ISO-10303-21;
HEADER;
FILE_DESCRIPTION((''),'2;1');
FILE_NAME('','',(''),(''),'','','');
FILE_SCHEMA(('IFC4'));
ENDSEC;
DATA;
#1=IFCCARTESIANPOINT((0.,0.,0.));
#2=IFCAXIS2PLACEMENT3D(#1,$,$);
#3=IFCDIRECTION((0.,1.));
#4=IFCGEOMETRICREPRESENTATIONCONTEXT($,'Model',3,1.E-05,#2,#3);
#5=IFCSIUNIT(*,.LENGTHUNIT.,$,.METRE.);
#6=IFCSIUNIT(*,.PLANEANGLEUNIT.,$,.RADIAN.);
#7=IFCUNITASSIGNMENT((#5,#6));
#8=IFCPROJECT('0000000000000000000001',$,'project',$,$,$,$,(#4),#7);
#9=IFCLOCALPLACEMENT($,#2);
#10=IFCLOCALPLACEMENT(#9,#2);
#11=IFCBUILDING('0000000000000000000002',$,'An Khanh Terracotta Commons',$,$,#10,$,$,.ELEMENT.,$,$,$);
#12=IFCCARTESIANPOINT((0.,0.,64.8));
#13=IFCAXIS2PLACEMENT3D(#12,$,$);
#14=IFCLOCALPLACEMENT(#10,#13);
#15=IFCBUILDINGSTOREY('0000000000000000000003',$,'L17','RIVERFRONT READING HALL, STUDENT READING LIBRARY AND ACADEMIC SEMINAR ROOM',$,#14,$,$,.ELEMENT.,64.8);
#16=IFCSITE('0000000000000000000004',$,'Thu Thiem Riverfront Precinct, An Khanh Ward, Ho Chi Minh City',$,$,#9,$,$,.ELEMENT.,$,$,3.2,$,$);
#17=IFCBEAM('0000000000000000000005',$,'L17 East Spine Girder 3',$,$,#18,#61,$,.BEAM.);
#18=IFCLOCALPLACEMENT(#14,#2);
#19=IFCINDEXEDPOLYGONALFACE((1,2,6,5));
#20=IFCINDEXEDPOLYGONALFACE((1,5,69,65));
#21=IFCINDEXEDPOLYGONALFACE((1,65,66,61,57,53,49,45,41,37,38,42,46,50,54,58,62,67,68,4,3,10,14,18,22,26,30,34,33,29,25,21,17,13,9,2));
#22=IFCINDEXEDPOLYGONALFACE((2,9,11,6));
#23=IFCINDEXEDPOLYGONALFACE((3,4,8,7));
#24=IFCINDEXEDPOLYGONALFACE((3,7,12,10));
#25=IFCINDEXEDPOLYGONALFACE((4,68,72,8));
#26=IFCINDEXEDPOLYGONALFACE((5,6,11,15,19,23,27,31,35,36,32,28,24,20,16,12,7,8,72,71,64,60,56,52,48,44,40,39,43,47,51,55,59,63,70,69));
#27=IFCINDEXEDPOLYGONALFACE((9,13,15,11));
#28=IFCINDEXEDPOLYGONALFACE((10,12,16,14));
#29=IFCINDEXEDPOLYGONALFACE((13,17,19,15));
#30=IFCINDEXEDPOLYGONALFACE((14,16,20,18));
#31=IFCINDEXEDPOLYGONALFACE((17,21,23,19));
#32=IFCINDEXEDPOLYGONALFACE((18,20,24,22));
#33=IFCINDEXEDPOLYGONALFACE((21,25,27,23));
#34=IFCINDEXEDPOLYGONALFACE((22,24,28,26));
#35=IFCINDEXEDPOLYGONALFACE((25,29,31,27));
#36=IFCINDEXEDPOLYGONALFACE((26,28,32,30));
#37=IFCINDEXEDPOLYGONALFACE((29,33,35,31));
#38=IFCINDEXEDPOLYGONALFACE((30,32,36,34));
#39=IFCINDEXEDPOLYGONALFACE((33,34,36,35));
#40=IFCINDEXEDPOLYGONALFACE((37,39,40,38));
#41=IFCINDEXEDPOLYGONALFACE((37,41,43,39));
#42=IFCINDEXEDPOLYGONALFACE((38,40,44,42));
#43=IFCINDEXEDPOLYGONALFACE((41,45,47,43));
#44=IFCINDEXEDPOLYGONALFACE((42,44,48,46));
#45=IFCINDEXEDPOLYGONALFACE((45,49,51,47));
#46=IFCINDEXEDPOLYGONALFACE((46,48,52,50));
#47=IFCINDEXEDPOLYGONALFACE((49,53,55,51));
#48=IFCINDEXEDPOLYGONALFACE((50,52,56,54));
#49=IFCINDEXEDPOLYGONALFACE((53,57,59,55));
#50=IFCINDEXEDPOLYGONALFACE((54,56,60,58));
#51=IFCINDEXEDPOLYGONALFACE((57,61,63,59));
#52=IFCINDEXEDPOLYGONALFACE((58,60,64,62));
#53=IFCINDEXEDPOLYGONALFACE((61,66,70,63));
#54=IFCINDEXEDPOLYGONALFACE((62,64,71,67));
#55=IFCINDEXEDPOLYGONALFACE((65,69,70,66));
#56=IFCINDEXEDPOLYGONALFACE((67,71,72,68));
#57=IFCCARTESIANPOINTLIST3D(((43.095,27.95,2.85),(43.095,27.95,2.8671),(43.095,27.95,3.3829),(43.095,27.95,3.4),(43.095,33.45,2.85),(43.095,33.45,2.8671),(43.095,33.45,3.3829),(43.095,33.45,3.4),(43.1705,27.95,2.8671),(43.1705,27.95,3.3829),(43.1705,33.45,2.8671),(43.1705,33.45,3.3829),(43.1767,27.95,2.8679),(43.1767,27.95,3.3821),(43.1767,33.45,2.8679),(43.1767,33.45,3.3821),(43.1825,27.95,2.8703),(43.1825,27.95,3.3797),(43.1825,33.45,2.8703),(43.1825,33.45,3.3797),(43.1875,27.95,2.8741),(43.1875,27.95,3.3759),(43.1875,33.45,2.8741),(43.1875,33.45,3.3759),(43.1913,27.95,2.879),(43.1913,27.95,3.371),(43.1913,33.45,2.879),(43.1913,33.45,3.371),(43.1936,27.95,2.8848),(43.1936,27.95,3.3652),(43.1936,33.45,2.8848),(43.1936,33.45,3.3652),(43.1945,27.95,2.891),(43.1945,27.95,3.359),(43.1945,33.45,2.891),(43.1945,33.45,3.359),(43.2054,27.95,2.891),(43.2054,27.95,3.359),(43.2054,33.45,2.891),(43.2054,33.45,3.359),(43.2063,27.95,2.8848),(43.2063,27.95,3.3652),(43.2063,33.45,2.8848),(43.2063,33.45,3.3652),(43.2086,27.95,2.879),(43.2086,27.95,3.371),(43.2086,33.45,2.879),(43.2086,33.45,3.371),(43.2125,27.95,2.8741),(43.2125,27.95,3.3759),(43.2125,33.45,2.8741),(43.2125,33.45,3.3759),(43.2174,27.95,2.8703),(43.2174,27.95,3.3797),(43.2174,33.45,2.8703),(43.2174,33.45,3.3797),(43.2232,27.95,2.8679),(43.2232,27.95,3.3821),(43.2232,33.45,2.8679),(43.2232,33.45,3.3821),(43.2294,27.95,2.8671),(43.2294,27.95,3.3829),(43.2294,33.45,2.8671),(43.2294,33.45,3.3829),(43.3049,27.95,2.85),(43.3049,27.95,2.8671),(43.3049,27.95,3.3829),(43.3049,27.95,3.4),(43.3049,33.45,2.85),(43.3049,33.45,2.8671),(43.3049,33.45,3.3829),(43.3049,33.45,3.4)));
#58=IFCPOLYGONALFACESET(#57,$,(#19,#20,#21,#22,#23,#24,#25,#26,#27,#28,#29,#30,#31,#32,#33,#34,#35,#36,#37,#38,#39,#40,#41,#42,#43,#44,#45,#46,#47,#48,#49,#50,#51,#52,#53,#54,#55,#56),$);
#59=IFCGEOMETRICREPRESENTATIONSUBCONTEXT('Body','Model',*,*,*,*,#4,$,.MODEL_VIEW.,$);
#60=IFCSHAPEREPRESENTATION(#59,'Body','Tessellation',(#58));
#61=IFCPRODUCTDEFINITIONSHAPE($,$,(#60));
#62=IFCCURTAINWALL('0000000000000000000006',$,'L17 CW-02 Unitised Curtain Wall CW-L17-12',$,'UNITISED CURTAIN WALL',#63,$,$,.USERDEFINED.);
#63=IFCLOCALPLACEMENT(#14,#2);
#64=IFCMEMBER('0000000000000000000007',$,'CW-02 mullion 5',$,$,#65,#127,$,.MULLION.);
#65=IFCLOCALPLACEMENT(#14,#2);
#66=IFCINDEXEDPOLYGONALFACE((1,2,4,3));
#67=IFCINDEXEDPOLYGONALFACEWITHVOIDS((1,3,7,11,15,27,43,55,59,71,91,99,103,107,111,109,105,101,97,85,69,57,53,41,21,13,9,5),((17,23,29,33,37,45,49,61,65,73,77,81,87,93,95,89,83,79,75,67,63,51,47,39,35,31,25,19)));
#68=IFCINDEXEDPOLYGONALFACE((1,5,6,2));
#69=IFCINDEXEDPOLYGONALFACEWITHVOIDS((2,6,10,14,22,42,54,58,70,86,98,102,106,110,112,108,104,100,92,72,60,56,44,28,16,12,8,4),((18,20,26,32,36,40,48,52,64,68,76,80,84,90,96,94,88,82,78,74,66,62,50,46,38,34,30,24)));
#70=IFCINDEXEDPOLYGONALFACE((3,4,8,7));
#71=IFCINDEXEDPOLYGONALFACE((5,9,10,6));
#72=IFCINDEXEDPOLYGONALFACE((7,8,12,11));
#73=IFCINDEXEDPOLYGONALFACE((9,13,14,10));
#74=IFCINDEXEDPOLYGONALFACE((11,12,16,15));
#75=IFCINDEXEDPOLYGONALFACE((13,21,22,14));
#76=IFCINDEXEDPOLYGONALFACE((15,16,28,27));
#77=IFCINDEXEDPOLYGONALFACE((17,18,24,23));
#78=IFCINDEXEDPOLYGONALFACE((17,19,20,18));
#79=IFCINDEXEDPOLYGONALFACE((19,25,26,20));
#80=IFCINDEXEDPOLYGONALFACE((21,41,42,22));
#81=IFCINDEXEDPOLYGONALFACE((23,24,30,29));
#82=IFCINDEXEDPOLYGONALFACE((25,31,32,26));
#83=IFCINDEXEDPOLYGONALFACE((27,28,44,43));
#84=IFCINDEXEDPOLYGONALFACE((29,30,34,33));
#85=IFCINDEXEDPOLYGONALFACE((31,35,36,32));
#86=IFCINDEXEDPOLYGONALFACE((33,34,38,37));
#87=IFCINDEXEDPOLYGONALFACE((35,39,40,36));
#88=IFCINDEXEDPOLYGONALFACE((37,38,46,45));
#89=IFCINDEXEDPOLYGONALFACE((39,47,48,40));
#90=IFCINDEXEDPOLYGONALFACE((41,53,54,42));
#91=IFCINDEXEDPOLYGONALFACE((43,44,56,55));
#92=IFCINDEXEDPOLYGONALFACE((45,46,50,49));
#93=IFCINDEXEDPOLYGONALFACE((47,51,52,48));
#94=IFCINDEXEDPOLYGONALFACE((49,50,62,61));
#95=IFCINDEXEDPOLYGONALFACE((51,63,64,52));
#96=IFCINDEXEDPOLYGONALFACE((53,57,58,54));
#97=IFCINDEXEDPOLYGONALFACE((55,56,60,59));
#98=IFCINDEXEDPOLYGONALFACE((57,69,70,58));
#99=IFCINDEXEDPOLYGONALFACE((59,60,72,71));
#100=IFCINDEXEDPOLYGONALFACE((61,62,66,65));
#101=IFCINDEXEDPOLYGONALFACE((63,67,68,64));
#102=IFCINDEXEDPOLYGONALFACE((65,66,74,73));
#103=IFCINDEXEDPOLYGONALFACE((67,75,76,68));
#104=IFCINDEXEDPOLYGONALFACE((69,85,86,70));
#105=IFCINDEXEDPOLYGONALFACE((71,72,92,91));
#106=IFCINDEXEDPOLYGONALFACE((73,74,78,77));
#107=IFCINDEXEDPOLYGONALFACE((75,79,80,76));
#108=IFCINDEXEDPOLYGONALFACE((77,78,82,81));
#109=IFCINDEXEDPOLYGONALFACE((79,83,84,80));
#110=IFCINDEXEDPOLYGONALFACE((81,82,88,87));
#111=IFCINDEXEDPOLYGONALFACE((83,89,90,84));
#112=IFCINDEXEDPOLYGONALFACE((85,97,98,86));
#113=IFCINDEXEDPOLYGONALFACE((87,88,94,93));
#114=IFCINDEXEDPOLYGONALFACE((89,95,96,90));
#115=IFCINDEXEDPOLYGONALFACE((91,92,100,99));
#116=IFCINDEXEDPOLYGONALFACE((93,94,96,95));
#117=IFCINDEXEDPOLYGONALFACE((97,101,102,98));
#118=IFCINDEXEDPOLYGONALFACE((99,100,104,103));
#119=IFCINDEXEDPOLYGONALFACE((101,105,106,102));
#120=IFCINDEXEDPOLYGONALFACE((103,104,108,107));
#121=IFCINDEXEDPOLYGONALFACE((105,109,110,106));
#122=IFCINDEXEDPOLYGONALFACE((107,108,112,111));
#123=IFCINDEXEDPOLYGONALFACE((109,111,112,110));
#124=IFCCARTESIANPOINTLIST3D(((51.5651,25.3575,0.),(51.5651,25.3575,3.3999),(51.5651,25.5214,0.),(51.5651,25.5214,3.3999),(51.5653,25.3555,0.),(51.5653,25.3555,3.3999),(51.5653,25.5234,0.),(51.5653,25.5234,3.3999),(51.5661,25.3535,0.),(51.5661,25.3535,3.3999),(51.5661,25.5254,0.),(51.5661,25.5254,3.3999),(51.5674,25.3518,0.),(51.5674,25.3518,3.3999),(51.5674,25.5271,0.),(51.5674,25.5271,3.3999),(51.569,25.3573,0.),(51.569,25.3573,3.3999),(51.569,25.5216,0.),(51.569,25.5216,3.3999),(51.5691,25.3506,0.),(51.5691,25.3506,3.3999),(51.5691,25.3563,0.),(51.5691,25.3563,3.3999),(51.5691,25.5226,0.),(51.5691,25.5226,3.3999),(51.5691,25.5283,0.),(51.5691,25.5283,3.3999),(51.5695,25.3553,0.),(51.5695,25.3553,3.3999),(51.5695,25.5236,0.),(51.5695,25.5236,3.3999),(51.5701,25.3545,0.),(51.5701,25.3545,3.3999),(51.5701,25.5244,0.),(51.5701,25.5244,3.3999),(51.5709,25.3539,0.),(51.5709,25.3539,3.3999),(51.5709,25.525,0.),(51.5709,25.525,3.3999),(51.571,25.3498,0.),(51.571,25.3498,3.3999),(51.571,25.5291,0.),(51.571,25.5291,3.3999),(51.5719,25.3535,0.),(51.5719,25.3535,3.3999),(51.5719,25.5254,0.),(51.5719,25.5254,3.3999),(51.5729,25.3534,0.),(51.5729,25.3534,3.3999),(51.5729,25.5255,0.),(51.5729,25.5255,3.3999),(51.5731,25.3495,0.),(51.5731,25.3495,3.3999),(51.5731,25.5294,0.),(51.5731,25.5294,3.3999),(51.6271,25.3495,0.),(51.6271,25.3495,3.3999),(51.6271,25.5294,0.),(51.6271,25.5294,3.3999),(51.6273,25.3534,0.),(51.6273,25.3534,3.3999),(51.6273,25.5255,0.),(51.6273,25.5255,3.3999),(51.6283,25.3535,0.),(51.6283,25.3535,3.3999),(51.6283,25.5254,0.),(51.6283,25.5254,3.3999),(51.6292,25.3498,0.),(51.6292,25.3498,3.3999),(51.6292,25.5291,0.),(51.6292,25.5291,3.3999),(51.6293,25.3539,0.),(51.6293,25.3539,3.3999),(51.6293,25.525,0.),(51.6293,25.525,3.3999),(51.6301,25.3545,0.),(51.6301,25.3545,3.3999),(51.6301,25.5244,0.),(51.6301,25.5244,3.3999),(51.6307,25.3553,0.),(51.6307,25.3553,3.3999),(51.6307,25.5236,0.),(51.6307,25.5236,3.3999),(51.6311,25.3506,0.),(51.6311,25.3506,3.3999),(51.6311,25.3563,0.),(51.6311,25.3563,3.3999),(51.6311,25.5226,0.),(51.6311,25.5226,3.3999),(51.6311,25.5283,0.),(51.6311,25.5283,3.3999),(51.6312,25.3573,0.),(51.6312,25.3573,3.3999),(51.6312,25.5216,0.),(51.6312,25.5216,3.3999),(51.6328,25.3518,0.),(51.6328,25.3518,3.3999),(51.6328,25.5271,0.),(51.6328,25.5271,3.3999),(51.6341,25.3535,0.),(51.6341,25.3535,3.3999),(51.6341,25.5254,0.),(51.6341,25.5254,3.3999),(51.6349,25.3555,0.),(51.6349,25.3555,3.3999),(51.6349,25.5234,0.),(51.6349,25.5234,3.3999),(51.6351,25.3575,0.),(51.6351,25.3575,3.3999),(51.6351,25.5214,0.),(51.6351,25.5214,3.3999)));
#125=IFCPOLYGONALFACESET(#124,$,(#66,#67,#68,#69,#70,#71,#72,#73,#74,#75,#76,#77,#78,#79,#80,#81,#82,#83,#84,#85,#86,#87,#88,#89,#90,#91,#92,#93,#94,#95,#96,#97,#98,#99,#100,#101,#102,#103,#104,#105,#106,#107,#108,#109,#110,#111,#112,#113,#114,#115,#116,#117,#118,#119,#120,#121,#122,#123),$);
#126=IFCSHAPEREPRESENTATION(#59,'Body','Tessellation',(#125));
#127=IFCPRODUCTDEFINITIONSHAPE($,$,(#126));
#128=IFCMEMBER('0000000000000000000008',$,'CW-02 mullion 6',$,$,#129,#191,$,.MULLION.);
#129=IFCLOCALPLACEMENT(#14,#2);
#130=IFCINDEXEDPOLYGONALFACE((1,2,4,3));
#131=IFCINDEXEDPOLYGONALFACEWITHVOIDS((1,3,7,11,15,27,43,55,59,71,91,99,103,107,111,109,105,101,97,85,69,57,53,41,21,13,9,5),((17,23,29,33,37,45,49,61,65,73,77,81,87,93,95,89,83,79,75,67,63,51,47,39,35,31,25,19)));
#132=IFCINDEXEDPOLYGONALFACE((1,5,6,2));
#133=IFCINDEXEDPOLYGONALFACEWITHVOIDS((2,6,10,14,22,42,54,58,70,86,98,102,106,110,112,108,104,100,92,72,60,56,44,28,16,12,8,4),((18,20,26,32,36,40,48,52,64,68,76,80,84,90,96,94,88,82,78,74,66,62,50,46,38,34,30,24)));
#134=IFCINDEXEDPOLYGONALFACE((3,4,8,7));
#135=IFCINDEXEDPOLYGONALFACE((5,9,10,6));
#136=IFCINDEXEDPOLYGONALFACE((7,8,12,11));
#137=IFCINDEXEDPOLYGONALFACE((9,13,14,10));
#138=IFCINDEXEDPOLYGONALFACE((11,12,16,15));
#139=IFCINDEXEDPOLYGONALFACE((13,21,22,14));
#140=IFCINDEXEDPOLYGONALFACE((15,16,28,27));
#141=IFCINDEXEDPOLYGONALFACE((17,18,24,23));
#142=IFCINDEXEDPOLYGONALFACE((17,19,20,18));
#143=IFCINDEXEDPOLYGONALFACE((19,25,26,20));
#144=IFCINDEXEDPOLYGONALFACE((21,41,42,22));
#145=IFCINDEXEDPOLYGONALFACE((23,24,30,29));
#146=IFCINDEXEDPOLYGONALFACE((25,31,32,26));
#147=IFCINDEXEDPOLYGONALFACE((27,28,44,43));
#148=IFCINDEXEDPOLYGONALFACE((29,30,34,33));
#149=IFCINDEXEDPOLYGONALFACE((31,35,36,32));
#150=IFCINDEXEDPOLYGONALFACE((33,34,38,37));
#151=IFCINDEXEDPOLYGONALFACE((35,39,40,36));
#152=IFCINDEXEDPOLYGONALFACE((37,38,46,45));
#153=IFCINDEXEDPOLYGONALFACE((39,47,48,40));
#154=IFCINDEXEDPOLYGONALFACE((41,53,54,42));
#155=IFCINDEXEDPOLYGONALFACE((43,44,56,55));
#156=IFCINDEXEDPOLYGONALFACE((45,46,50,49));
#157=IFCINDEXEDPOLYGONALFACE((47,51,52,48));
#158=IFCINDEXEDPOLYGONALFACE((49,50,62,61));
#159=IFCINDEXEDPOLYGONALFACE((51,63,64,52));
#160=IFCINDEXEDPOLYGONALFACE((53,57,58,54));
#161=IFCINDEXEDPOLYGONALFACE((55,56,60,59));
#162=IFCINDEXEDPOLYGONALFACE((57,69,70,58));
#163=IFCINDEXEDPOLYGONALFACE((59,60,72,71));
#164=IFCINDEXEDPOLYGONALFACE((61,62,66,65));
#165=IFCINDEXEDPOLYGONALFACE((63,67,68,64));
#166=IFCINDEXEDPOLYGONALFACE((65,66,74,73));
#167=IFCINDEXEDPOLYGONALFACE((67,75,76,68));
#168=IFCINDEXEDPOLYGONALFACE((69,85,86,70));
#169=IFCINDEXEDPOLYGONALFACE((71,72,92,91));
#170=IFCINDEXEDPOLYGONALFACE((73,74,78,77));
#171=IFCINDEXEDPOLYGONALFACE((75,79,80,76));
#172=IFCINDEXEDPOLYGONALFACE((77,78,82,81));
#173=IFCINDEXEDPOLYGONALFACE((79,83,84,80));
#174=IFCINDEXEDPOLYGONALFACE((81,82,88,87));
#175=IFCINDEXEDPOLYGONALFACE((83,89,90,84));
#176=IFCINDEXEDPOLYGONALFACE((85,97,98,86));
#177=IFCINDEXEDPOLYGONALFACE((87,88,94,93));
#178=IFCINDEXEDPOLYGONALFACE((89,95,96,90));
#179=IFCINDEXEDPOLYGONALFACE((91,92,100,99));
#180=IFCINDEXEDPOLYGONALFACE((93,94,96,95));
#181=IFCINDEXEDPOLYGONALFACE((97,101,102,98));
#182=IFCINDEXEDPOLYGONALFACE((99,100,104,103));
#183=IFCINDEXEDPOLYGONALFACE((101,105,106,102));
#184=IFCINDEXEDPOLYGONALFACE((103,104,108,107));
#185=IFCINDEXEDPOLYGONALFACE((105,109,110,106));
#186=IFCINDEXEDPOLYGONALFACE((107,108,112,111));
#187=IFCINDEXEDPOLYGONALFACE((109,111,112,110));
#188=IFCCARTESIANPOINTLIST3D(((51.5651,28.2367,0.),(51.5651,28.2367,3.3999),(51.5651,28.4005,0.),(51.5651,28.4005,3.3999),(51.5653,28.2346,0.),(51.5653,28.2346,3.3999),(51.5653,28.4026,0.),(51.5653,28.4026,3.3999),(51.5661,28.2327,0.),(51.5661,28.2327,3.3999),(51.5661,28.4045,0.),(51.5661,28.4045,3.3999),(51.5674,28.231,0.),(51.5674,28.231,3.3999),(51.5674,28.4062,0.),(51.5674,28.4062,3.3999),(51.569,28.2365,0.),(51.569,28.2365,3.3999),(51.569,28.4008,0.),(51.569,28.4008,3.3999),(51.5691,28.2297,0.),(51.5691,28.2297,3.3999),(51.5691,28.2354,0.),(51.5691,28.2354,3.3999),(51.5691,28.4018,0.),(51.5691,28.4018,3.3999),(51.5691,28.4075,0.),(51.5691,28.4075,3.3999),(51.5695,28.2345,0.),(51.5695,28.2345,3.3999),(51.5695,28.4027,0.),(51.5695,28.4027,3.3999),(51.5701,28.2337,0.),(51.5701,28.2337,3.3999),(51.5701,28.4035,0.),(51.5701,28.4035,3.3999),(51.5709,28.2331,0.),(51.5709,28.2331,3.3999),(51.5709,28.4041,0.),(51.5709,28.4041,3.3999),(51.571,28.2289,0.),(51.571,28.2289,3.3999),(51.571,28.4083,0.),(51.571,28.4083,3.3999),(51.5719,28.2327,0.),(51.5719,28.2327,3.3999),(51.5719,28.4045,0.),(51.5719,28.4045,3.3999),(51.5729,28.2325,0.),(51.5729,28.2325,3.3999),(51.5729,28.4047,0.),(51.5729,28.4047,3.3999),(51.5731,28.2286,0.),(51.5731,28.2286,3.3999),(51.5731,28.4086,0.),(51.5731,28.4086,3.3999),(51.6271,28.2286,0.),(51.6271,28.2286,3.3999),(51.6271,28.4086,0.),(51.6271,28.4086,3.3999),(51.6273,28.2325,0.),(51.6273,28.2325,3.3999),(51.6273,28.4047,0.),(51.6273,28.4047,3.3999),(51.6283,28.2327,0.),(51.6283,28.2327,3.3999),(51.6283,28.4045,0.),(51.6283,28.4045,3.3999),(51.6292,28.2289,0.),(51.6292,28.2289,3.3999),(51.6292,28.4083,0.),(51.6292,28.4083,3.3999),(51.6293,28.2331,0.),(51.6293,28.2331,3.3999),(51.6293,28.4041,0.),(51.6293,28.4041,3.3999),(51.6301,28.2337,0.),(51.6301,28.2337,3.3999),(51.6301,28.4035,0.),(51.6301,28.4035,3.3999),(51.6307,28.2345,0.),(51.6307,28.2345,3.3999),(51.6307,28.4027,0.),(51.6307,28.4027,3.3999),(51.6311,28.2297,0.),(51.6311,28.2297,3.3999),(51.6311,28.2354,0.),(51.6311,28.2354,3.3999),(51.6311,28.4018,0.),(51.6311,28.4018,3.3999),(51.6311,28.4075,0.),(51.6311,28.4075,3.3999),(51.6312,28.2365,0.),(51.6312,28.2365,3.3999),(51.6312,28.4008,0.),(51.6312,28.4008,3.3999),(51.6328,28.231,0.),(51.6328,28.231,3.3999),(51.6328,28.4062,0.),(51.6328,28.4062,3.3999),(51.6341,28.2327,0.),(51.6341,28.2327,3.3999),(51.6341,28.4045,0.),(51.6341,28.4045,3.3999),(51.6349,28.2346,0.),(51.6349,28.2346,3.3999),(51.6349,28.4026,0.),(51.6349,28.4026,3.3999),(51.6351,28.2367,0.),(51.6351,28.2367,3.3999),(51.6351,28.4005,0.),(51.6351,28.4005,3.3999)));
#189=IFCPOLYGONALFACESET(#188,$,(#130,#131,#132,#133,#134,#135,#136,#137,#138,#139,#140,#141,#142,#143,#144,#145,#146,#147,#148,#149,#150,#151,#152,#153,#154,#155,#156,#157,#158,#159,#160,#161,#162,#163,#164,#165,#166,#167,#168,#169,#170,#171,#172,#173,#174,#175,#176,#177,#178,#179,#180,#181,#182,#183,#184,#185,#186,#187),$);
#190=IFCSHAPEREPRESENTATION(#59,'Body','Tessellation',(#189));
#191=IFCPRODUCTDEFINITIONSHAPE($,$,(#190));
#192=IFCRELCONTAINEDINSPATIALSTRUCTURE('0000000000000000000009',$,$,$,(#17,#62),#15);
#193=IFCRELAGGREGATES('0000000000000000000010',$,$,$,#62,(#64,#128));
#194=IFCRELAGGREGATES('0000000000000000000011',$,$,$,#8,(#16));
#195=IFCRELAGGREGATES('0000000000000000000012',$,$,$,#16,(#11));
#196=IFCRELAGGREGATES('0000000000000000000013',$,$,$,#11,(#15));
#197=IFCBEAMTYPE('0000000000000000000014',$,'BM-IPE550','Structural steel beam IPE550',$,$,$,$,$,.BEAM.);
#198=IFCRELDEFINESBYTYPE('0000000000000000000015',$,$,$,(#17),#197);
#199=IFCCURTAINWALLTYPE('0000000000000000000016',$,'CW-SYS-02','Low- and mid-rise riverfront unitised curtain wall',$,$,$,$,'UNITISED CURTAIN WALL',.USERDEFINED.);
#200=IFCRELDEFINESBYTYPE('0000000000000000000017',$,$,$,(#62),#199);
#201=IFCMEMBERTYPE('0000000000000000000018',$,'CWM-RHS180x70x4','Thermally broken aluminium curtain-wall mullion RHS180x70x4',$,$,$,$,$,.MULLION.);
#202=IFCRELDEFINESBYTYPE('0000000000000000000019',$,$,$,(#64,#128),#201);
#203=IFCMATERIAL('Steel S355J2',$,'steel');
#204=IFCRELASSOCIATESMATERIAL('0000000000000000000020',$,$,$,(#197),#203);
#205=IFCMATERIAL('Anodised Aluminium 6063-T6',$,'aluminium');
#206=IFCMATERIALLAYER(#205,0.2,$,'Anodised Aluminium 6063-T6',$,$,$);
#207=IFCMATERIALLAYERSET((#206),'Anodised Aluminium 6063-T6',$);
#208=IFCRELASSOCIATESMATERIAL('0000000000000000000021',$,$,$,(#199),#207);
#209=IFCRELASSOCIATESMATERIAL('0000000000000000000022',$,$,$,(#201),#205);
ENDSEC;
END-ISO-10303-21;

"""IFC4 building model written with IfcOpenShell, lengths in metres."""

from ifc_helpers import new_model, si_unit, direction, frame, origin, origin_2d, place, context, subcontext, project, spatial, hollow_rectangle, i_section, extrude, material, layer, layer_set, material_profile, profile_set, type_object, element, aggregate, save


model = new_model("IFC4")

# Units and contexts
model_context = context("Model", 3, precision=1e-05, world=origin(), true_north=direction((0.0, 1.0)))
body_context = subcontext(model_context, "Body", "Model", "MODEL_VIEW")
ifc_project = project(units=[si_unit("LENGTHUNIT", "METRE"), si_unit("PLANEANGLEUNIT", "RADIAN")], contexts=[model_context])

# Site, building, storey
site_placement = place(None, origin())
site = spatial("IfcSite", under=ifc_project, at=site_placement, Name="Thu Thiem Riverfront Precinct, An Khanh Ward, Ho Chi Minh City", CompositionType="ELEMENT", RefElevation=3.2)
building_placement = place(site_placement, origin())
building = spatial("IfcBuilding", under=site, at=building_placement, Name="An Khanh Terracotta Commons", CompositionType="ELEMENT")
storey_placement = place(building_placement, frame((0.0, 0.0, 64.8)))
storey = spatial("IfcBuildingStorey", under=building, at=storey_placement, Name="L17", Description="RIVERFRONT READING HALL, STUDENT READING LIBRARY AND ACADEMIC SEMINAR ROOM", CompositionType="ELEMENT", Elevation=64.8)

# Beam
ifc_material_1 = material(Name="Steel S355J2", Category="steel")
ifc_material_profile_1 = material_profile(ifc_material_1, i_section(OverallWidth=0.21, OverallDepth=0.55, WebThickness=0.011, FlangeThickness=0.0171, FilletRadius=0.0239, at=origin_2d()), Name="IPE550")
ifc_profile_set_1 = profile_set([ifc_material_profile_1], Name="Steel S355J2")
beam_type_1 = type_object("IfcBeamType", Name="BM-IPE550", Description="Structural steel beam IPE550", PredefinedType="BEAM", material=ifc_profile_set_1)
beam_1_placement = place(storey_placement, frame((43.2, 27.95, 3.125), z_axis=(0.0, 1.0, 0.0), x_axis=(-1.0, 0.0, 0.0)))
element("IfcBeam", 1, at=beam_1_placement, inside=storey, type_object=beam_type_1, Name="L17 East Spine Girder 3", PredefinedType="BEAM", context=body_context, shape_type="SweptSolid", body=[
    extrude(i_section(OverallWidth=0.21, OverallDepth=0.55, WebThickness=0.011, FlangeThickness=0.0171, FilletRadius=0.0239, at=origin_2d()), origin(), (0.0, 0.0, 1.0), 5.5),
])

# Curtain wall, members
ifc_material_2 = material(Name="Anodised Aluminium 6063-T6", Category="aluminium")
ifc_layer_1 = layer(ifc_material_2, 0.2, Name="Anodised Aluminium 6063-T6")
ifc_layer_set_1 = layer_set([ifc_layer_1], Name="Anodised Aluminium 6063-T6")
curtain_wall_type = type_object("IfcCurtainWallType", Name="CW-SYS-02", Description="Low- and mid-rise riverfront unitised curtain wall", ElementType="UNITISED CURTAIN WALL", PredefinedType="USERDEFINED", material=ifc_layer_set_1)
curtain_wall_placement = place(storey_placement, origin())
curtain_wall = element("IfcCurtainWall", 2, at=curtain_wall_placement, inside=storey, type_object=curtain_wall_type, Name="L17 CW-02 Unitised Curtain Wall CW-L17-12", ObjectType="UNITISED CURTAIN WALL", PredefinedType="USERDEFINED")
ifc_material_profile_2 = material_profile(ifc_material_2, hollow_rectangle(XDim=0.0701, YDim=0.1799, WallThickness=0.0039, InnerFilletRadius=0.0039, OuterFilletRadius=0.0081, at=origin_2d()), Name="RHS180x70x4")
ifc_profile_set_2 = profile_set([ifc_material_profile_2], Name="Anodised Aluminium 6063-T6")
member_type_1 = type_object("IfcMemberType", Name="CWM-RHS180x70x4", Description="Thermally broken aluminium curtain-wall mullion RHS180x70x4", PredefinedType="MULLION", material=ifc_profile_set_2)
member_1_placement = place(storey_placement, frame((51.6001, 25.4395, 0.0), z_axis=(0.0, 0.0, 1.0), x_axis=(-1.0, 0.0, 0.0)))
member_1 = element("IfcMember", 3, at=member_1_placement, type_object=member_type_1, Name="CW-02 mullion 5", PredefinedType="MULLION", context=body_context, shape_type="SweptSolid", body=[
    extrude(hollow_rectangle(XDim=0.0701, YDim=0.1799, WallThickness=0.0039, InnerFilletRadius=0.0039, OuterFilletRadius=0.0081, at=origin_2d()), origin(), (0.0, 0.0, 1.0), 3.3999),
])
member_2_placement = place(storey_placement, frame((51.6001, 28.3186, 0.0), z_axis=(0.0, 0.0, 1.0), x_axis=(-1.0, 0.0, 0.0)))
member_2 = element("IfcMember", 4, at=member_2_placement, type_object=member_type_1, Name="CW-02 mullion 6", PredefinedType="MULLION", context=body_context, shape_type="SweptSolid", body=[
    extrude(hollow_rectangle(XDim=0.0701, YDim=0.1799, WallThickness=0.0039, InnerFilletRadius=0.0039, OuterFilletRadius=0.0081, at=origin_2d()), origin(), (0.0, 0.0, 1.0), 3.3999),
])
aggregate(curtain_wall, [member_1, member_2])

save(model, "model.ifc")
